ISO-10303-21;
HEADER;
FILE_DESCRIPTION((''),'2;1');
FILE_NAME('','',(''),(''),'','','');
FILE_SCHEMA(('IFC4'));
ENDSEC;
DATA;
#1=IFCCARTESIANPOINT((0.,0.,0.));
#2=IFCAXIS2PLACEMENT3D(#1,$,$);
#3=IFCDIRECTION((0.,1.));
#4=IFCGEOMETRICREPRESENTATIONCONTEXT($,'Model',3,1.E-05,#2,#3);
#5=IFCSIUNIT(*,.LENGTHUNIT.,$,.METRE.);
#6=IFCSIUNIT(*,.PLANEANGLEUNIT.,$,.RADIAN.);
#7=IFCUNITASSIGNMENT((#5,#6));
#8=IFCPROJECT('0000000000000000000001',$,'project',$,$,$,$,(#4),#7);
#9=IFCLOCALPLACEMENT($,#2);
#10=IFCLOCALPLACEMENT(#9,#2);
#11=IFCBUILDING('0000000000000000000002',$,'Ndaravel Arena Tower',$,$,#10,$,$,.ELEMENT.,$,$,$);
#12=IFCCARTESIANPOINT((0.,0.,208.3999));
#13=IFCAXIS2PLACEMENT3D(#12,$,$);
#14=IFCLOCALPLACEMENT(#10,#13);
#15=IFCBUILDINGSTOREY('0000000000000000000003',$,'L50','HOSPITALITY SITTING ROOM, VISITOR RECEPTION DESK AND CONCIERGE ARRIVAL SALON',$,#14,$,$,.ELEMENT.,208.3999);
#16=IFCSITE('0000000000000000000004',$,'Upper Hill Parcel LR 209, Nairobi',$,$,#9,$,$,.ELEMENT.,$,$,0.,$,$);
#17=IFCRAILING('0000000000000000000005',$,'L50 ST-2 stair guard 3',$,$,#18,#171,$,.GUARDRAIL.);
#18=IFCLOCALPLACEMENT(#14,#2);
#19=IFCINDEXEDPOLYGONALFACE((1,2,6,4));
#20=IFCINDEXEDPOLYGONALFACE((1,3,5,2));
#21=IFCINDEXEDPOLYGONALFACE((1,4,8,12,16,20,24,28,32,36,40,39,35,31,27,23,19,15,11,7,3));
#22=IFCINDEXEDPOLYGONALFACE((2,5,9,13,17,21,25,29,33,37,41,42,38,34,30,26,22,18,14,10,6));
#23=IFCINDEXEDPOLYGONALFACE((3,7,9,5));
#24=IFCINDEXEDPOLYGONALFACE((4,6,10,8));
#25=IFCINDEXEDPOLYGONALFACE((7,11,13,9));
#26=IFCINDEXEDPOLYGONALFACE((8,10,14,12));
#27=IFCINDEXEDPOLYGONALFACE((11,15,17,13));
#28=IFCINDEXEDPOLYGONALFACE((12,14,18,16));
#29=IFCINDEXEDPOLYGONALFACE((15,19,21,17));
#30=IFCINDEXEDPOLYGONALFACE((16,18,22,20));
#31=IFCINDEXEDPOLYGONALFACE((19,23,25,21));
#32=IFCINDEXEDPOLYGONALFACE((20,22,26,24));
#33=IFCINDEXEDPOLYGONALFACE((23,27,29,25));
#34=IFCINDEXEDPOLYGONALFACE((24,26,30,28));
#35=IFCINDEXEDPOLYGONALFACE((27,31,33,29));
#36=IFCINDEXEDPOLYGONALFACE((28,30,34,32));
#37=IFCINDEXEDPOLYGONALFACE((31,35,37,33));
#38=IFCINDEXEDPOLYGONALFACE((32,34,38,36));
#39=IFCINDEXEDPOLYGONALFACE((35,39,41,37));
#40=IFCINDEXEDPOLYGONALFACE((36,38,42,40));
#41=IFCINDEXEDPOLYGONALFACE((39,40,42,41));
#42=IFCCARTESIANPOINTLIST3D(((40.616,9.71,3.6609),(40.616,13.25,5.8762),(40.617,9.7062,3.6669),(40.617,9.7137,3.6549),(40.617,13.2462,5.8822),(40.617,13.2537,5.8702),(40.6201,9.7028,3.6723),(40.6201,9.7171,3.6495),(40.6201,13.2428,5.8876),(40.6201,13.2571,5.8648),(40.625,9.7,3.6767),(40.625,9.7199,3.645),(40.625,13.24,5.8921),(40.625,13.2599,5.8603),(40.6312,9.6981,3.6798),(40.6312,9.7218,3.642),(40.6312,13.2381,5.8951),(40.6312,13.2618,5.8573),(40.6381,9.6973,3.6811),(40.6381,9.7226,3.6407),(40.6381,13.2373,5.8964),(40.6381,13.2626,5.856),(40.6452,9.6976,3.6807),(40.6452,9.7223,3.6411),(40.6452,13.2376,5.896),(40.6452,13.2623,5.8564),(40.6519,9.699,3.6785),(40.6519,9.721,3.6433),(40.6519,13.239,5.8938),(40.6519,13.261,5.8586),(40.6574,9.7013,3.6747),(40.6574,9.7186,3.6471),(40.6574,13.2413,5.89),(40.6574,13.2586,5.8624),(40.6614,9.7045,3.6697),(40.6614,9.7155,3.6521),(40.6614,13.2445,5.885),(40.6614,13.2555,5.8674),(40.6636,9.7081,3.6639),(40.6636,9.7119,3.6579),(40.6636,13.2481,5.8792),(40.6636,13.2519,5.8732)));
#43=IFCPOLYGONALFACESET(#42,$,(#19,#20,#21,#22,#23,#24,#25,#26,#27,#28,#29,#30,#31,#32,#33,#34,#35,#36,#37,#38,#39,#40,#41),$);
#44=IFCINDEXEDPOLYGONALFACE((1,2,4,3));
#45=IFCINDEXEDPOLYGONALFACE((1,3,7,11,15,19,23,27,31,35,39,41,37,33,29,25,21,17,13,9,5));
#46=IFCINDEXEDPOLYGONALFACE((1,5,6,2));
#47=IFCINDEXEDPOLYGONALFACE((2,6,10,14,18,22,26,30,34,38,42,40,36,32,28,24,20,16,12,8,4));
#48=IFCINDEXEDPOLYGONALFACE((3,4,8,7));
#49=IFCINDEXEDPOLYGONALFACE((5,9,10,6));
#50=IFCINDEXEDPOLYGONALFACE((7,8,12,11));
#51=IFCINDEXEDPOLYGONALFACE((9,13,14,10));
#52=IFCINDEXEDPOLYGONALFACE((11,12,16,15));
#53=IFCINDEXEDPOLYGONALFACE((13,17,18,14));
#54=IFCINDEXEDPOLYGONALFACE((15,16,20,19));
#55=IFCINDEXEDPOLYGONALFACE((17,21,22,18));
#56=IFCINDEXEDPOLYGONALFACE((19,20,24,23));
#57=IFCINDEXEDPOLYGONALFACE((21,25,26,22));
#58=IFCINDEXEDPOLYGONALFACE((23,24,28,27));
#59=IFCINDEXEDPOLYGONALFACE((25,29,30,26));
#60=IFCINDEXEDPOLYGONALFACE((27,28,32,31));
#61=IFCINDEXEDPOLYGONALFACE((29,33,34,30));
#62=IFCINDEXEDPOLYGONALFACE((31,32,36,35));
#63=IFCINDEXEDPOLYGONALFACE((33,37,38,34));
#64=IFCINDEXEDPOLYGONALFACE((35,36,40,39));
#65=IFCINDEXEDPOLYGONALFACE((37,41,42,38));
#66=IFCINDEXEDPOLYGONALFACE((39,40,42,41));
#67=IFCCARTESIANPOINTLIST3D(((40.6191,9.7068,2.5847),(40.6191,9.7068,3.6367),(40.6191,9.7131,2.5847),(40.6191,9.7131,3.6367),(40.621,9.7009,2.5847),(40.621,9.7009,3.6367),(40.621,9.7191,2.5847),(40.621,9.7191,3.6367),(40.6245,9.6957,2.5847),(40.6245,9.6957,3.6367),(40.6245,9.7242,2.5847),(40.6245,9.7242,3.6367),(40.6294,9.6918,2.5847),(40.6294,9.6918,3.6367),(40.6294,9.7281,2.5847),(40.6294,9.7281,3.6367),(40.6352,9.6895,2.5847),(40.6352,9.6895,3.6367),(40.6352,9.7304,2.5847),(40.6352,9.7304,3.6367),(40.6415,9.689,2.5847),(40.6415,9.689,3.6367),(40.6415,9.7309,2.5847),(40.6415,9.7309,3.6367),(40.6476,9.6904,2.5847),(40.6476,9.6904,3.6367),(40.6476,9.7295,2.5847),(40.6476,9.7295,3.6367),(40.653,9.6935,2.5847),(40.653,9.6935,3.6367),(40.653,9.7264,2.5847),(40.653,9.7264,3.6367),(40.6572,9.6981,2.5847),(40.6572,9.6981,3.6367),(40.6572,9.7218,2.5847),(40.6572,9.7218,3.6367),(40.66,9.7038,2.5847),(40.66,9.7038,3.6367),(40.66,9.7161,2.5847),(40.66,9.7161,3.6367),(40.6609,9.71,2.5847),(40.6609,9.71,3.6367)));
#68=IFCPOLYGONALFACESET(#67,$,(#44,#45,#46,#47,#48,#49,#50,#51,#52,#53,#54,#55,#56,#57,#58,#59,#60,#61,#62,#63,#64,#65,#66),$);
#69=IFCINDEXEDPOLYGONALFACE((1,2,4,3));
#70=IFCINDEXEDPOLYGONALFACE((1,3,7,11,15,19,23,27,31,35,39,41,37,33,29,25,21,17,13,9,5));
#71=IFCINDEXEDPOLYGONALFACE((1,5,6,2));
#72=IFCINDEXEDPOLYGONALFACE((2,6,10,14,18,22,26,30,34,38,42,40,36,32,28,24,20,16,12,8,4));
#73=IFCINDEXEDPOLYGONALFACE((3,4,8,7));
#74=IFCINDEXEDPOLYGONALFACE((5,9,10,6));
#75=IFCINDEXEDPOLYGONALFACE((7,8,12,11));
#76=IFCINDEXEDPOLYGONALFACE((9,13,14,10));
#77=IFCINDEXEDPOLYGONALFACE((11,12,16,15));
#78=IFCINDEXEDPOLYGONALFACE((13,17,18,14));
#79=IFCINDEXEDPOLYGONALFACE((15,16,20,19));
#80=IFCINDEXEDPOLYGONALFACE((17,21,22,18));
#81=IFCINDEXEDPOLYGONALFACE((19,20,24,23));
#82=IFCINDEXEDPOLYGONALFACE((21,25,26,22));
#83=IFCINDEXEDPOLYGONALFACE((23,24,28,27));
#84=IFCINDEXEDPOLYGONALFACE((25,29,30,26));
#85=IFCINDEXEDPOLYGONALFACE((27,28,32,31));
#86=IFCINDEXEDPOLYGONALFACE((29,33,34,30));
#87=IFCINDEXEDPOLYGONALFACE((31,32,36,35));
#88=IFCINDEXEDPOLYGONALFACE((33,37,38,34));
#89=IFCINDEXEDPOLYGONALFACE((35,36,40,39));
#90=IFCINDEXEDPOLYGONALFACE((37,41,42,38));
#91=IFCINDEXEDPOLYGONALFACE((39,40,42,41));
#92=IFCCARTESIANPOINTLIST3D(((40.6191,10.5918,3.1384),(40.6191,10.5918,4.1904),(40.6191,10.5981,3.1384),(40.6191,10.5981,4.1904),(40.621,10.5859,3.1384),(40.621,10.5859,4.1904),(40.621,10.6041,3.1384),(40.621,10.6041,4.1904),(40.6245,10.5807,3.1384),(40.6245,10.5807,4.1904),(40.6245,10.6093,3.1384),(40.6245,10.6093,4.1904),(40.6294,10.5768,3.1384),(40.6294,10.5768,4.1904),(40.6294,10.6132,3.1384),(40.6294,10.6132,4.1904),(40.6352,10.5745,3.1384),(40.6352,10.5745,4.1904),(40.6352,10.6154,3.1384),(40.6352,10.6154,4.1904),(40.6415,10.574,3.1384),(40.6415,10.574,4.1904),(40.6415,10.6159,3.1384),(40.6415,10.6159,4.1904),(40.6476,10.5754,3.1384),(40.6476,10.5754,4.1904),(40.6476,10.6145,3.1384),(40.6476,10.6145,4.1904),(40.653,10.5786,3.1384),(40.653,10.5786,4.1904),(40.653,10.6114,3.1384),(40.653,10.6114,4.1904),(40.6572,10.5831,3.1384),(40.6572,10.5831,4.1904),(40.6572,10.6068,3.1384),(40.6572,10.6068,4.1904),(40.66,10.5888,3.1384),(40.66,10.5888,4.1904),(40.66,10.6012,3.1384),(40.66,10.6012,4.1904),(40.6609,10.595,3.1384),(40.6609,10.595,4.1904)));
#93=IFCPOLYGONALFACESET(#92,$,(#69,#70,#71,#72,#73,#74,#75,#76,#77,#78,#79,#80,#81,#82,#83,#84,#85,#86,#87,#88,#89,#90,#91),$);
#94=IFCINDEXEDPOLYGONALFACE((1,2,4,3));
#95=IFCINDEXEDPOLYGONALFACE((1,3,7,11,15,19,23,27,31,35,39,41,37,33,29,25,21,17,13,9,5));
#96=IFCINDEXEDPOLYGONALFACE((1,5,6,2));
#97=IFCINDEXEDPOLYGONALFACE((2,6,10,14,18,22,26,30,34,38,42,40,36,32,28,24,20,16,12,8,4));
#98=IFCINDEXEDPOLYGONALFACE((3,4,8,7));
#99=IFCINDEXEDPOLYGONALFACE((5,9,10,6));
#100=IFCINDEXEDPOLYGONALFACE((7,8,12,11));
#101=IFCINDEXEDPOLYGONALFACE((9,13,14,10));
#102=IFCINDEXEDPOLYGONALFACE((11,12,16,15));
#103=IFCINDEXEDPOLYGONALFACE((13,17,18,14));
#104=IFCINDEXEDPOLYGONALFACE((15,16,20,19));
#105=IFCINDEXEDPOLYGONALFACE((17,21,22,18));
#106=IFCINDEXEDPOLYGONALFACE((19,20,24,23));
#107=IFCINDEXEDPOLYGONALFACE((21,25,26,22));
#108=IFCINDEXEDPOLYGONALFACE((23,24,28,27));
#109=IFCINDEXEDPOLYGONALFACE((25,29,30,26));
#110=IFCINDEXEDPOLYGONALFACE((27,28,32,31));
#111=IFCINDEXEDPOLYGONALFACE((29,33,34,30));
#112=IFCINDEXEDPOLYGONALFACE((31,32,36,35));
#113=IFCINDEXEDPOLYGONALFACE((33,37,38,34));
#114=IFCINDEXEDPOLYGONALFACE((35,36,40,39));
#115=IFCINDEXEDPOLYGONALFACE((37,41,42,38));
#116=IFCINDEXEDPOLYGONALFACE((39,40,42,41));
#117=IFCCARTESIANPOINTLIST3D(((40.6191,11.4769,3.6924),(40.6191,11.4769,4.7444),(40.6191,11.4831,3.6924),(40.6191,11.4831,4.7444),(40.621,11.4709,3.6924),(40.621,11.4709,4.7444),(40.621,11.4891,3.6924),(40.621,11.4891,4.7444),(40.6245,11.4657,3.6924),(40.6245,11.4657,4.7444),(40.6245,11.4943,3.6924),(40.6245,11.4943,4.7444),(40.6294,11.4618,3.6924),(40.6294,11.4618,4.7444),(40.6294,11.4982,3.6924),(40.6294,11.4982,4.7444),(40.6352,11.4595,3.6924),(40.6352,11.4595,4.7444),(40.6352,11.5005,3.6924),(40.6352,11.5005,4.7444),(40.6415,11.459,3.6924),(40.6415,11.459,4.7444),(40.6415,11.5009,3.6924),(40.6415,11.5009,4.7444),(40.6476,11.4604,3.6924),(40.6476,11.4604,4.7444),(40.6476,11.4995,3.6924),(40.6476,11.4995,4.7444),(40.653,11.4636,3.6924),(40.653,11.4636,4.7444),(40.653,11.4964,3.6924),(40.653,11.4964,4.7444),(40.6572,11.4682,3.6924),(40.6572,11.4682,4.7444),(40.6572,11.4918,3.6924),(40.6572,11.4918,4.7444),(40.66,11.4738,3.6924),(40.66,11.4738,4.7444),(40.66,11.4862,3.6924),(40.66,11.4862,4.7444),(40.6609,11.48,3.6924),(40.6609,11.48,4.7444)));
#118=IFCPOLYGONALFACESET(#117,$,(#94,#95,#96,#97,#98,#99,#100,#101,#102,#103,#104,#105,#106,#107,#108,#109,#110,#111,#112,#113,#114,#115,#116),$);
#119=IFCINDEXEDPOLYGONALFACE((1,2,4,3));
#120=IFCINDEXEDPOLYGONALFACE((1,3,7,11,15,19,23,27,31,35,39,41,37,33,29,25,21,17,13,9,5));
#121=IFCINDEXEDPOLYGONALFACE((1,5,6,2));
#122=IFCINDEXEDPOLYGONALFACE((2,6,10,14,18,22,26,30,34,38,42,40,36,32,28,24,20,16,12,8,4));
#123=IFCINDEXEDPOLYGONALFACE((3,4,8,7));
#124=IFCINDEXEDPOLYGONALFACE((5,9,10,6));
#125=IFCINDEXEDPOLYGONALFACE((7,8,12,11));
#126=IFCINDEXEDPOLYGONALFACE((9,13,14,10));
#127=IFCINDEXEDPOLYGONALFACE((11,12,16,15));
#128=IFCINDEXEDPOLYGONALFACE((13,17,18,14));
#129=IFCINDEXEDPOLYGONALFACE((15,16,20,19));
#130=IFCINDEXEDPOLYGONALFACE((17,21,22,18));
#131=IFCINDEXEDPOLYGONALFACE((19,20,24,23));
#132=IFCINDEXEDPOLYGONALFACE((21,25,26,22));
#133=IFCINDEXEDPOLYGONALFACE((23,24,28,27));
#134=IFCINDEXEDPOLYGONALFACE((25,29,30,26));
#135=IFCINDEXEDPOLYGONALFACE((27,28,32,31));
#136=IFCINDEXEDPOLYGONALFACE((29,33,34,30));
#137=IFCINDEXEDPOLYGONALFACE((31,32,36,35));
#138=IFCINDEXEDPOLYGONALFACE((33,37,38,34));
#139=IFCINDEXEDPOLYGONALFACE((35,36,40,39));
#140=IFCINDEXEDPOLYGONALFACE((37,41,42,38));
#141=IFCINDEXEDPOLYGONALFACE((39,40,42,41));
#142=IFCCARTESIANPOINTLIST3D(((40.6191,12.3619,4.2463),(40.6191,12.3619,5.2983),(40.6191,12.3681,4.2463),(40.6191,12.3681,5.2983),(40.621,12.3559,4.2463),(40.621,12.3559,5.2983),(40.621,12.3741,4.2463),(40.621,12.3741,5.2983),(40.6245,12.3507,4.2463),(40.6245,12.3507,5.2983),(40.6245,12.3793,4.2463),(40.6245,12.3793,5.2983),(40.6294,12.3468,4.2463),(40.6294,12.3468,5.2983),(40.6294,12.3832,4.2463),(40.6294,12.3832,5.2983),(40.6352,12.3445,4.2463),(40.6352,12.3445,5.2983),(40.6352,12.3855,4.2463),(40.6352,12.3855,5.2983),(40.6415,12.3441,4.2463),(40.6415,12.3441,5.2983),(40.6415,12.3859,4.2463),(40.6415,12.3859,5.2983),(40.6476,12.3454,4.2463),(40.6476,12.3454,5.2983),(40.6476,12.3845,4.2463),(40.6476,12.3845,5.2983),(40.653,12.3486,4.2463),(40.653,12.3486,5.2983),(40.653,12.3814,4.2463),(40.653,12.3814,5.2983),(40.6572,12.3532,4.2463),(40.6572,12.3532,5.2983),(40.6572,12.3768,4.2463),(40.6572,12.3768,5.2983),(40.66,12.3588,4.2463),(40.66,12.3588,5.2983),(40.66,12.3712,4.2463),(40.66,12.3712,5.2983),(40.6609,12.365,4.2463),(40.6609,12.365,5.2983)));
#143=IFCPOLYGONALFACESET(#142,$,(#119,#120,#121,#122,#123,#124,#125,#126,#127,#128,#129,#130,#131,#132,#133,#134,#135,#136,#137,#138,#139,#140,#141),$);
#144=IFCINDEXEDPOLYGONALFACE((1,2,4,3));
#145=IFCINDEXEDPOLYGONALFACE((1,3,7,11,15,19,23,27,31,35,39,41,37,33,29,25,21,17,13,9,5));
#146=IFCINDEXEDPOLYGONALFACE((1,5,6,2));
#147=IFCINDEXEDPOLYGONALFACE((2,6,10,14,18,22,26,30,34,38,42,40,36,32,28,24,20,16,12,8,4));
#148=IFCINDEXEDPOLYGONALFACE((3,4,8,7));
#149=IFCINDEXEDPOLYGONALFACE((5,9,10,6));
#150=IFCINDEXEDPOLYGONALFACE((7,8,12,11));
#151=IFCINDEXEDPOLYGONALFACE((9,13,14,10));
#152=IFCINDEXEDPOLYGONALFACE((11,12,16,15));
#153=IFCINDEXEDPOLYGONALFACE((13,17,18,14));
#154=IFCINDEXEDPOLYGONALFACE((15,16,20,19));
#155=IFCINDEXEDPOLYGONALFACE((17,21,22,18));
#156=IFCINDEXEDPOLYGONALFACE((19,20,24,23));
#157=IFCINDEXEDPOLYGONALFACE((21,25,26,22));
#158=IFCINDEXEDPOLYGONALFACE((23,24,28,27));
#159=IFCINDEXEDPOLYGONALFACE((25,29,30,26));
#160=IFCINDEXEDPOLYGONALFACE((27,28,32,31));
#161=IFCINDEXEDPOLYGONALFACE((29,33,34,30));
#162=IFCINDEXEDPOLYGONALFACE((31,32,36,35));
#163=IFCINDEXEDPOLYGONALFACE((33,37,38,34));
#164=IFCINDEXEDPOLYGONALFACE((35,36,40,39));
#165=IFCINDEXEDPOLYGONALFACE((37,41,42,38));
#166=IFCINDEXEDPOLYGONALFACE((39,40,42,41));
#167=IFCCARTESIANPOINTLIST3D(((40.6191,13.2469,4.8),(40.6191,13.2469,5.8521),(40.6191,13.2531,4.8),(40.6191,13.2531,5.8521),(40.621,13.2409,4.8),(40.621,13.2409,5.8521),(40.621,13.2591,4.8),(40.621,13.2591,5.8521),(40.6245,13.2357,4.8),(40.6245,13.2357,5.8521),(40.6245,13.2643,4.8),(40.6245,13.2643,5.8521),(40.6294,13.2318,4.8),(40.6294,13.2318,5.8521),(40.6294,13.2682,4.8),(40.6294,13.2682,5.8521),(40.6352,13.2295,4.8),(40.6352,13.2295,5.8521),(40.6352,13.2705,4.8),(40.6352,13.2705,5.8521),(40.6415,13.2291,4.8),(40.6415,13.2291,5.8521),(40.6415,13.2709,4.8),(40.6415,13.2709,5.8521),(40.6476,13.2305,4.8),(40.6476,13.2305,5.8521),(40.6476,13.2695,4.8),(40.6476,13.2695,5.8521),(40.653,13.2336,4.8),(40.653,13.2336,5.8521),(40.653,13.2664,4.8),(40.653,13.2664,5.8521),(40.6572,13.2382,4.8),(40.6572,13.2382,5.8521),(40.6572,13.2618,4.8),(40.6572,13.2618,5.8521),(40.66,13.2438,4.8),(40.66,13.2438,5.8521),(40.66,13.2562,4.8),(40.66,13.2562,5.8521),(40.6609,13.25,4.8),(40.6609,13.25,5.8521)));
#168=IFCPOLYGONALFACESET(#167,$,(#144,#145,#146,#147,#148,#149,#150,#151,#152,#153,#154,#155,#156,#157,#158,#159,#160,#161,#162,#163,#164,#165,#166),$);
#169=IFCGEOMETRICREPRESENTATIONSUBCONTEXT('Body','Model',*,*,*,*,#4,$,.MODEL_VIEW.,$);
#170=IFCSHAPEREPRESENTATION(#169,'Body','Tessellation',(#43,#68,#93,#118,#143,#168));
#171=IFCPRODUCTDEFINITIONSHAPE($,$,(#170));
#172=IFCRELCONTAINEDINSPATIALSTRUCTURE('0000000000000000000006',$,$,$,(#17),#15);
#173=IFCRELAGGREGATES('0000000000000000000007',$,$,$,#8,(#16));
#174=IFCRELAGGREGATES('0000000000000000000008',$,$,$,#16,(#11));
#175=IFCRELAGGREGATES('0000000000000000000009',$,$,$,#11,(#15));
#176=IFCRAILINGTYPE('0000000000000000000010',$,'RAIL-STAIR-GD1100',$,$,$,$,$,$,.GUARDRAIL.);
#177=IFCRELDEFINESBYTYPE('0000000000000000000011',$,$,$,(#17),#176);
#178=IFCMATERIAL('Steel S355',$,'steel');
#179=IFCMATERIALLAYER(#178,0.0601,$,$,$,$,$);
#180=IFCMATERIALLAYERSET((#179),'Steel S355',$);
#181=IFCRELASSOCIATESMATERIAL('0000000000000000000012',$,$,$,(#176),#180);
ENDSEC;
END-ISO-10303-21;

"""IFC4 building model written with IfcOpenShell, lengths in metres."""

from ifc_helpers import new_model, si_unit, direction, frame, origin, origin_2d, place, context, subcontext, project, spatial, circle, extrude, material, layer, layer_set, type_object, element, save


model = new_model("IFC4")

# Units and contexts
model_context = context("Model", 3, precision=1e-05, world=origin(), true_north=direction((0.0, 1.0)))
body_context = subcontext(model_context, "Body", "Model", "MODEL_VIEW")
ifc_project = project(units=[si_unit("LENGTHUNIT", "METRE"), si_unit("PLANEANGLEUNIT", "RADIAN")], contexts=[model_context])

# Site, building, storey
site_placement = place(None, origin())
site = spatial("IfcSite", under=ifc_project, at=site_placement, Name="Upper Hill Parcel LR 209, Nairobi", CompositionType="ELEMENT", RefElevation=0.0)
building_placement = place(site_placement, origin())
building = spatial("IfcBuilding", under=site, at=building_placement, Name="Ndaravel Arena Tower", CompositionType="ELEMENT")
storey_placement = place(building_placement, frame((0.0, 0.0, 208.3999)))
storey = spatial("IfcBuildingStorey", under=building, at=storey_placement, Name="L50", Description="HOSPITALITY SITTING ROOM, VISITOR RECEPTION DESK AND CONCIERGE ARRIVAL SALON", CompositionType="ELEMENT", Elevation=208.3999)

# Railing
ifc_material_1 = material(Name="Steel S355", Category="steel")
ifc_layer_1 = layer(ifc_material_1, 0.0601)
ifc_layer_set_1 = layer_set([ifc_layer_1], Name="Steel S355")
railing_type_1 = type_object("IfcRailingType", Name="RAIL-STAIR-GD1100", PredefinedType="GUARDRAIL", material=ifc_layer_set_1)
railing_1_placement = place(storey_placement, frame((40.6399, 9.71, 2.5847)))
element("IfcRailing", 1, at=railing_1_placement, inside=storey, type_object=railing_type_1, Name="L50 ST-2 stair guard 3", PredefinedType="GUARDRAIL", context=body_context, shape_type="SweptSolid", body=[
    extrude(circle(Radius=0.0239, at=origin_2d()), frame((0.0, 0.0, 1.0762), z_axis=(0.0, 0.847696, 0.530482), x_axis=(-1.0, 0.0, 0.0)), (0.0, 0.0, 1.0), 4.176),
    extrude(circle(Radius=0.021, at=origin_2d()), origin(), (0.0, 0.0, 1.0), 1.052),
    extrude(circle(Radius=0.021, at=origin_2d()), frame((0.0, 0.885, 0.5537)), (0.0, 0.0, 1.0), 1.052),
    extrude(circle(Radius=0.021, at=origin_2d()), frame((0.0, 1.77, 1.1077)), (0.0, 0.0, 1.0), 1.052),
    extrude(circle(Radius=0.021, at=origin_2d()), frame((0.0, 2.655, 1.6616)), (0.0, 0.0, 1.0), 1.052),
    extrude(circle(Radius=0.021, at=origin_2d()), frame((0.0, 3.54, 2.2153)), (0.0, 0.0, 1.0), 1.052),
])

save(model, "model.ifc")
